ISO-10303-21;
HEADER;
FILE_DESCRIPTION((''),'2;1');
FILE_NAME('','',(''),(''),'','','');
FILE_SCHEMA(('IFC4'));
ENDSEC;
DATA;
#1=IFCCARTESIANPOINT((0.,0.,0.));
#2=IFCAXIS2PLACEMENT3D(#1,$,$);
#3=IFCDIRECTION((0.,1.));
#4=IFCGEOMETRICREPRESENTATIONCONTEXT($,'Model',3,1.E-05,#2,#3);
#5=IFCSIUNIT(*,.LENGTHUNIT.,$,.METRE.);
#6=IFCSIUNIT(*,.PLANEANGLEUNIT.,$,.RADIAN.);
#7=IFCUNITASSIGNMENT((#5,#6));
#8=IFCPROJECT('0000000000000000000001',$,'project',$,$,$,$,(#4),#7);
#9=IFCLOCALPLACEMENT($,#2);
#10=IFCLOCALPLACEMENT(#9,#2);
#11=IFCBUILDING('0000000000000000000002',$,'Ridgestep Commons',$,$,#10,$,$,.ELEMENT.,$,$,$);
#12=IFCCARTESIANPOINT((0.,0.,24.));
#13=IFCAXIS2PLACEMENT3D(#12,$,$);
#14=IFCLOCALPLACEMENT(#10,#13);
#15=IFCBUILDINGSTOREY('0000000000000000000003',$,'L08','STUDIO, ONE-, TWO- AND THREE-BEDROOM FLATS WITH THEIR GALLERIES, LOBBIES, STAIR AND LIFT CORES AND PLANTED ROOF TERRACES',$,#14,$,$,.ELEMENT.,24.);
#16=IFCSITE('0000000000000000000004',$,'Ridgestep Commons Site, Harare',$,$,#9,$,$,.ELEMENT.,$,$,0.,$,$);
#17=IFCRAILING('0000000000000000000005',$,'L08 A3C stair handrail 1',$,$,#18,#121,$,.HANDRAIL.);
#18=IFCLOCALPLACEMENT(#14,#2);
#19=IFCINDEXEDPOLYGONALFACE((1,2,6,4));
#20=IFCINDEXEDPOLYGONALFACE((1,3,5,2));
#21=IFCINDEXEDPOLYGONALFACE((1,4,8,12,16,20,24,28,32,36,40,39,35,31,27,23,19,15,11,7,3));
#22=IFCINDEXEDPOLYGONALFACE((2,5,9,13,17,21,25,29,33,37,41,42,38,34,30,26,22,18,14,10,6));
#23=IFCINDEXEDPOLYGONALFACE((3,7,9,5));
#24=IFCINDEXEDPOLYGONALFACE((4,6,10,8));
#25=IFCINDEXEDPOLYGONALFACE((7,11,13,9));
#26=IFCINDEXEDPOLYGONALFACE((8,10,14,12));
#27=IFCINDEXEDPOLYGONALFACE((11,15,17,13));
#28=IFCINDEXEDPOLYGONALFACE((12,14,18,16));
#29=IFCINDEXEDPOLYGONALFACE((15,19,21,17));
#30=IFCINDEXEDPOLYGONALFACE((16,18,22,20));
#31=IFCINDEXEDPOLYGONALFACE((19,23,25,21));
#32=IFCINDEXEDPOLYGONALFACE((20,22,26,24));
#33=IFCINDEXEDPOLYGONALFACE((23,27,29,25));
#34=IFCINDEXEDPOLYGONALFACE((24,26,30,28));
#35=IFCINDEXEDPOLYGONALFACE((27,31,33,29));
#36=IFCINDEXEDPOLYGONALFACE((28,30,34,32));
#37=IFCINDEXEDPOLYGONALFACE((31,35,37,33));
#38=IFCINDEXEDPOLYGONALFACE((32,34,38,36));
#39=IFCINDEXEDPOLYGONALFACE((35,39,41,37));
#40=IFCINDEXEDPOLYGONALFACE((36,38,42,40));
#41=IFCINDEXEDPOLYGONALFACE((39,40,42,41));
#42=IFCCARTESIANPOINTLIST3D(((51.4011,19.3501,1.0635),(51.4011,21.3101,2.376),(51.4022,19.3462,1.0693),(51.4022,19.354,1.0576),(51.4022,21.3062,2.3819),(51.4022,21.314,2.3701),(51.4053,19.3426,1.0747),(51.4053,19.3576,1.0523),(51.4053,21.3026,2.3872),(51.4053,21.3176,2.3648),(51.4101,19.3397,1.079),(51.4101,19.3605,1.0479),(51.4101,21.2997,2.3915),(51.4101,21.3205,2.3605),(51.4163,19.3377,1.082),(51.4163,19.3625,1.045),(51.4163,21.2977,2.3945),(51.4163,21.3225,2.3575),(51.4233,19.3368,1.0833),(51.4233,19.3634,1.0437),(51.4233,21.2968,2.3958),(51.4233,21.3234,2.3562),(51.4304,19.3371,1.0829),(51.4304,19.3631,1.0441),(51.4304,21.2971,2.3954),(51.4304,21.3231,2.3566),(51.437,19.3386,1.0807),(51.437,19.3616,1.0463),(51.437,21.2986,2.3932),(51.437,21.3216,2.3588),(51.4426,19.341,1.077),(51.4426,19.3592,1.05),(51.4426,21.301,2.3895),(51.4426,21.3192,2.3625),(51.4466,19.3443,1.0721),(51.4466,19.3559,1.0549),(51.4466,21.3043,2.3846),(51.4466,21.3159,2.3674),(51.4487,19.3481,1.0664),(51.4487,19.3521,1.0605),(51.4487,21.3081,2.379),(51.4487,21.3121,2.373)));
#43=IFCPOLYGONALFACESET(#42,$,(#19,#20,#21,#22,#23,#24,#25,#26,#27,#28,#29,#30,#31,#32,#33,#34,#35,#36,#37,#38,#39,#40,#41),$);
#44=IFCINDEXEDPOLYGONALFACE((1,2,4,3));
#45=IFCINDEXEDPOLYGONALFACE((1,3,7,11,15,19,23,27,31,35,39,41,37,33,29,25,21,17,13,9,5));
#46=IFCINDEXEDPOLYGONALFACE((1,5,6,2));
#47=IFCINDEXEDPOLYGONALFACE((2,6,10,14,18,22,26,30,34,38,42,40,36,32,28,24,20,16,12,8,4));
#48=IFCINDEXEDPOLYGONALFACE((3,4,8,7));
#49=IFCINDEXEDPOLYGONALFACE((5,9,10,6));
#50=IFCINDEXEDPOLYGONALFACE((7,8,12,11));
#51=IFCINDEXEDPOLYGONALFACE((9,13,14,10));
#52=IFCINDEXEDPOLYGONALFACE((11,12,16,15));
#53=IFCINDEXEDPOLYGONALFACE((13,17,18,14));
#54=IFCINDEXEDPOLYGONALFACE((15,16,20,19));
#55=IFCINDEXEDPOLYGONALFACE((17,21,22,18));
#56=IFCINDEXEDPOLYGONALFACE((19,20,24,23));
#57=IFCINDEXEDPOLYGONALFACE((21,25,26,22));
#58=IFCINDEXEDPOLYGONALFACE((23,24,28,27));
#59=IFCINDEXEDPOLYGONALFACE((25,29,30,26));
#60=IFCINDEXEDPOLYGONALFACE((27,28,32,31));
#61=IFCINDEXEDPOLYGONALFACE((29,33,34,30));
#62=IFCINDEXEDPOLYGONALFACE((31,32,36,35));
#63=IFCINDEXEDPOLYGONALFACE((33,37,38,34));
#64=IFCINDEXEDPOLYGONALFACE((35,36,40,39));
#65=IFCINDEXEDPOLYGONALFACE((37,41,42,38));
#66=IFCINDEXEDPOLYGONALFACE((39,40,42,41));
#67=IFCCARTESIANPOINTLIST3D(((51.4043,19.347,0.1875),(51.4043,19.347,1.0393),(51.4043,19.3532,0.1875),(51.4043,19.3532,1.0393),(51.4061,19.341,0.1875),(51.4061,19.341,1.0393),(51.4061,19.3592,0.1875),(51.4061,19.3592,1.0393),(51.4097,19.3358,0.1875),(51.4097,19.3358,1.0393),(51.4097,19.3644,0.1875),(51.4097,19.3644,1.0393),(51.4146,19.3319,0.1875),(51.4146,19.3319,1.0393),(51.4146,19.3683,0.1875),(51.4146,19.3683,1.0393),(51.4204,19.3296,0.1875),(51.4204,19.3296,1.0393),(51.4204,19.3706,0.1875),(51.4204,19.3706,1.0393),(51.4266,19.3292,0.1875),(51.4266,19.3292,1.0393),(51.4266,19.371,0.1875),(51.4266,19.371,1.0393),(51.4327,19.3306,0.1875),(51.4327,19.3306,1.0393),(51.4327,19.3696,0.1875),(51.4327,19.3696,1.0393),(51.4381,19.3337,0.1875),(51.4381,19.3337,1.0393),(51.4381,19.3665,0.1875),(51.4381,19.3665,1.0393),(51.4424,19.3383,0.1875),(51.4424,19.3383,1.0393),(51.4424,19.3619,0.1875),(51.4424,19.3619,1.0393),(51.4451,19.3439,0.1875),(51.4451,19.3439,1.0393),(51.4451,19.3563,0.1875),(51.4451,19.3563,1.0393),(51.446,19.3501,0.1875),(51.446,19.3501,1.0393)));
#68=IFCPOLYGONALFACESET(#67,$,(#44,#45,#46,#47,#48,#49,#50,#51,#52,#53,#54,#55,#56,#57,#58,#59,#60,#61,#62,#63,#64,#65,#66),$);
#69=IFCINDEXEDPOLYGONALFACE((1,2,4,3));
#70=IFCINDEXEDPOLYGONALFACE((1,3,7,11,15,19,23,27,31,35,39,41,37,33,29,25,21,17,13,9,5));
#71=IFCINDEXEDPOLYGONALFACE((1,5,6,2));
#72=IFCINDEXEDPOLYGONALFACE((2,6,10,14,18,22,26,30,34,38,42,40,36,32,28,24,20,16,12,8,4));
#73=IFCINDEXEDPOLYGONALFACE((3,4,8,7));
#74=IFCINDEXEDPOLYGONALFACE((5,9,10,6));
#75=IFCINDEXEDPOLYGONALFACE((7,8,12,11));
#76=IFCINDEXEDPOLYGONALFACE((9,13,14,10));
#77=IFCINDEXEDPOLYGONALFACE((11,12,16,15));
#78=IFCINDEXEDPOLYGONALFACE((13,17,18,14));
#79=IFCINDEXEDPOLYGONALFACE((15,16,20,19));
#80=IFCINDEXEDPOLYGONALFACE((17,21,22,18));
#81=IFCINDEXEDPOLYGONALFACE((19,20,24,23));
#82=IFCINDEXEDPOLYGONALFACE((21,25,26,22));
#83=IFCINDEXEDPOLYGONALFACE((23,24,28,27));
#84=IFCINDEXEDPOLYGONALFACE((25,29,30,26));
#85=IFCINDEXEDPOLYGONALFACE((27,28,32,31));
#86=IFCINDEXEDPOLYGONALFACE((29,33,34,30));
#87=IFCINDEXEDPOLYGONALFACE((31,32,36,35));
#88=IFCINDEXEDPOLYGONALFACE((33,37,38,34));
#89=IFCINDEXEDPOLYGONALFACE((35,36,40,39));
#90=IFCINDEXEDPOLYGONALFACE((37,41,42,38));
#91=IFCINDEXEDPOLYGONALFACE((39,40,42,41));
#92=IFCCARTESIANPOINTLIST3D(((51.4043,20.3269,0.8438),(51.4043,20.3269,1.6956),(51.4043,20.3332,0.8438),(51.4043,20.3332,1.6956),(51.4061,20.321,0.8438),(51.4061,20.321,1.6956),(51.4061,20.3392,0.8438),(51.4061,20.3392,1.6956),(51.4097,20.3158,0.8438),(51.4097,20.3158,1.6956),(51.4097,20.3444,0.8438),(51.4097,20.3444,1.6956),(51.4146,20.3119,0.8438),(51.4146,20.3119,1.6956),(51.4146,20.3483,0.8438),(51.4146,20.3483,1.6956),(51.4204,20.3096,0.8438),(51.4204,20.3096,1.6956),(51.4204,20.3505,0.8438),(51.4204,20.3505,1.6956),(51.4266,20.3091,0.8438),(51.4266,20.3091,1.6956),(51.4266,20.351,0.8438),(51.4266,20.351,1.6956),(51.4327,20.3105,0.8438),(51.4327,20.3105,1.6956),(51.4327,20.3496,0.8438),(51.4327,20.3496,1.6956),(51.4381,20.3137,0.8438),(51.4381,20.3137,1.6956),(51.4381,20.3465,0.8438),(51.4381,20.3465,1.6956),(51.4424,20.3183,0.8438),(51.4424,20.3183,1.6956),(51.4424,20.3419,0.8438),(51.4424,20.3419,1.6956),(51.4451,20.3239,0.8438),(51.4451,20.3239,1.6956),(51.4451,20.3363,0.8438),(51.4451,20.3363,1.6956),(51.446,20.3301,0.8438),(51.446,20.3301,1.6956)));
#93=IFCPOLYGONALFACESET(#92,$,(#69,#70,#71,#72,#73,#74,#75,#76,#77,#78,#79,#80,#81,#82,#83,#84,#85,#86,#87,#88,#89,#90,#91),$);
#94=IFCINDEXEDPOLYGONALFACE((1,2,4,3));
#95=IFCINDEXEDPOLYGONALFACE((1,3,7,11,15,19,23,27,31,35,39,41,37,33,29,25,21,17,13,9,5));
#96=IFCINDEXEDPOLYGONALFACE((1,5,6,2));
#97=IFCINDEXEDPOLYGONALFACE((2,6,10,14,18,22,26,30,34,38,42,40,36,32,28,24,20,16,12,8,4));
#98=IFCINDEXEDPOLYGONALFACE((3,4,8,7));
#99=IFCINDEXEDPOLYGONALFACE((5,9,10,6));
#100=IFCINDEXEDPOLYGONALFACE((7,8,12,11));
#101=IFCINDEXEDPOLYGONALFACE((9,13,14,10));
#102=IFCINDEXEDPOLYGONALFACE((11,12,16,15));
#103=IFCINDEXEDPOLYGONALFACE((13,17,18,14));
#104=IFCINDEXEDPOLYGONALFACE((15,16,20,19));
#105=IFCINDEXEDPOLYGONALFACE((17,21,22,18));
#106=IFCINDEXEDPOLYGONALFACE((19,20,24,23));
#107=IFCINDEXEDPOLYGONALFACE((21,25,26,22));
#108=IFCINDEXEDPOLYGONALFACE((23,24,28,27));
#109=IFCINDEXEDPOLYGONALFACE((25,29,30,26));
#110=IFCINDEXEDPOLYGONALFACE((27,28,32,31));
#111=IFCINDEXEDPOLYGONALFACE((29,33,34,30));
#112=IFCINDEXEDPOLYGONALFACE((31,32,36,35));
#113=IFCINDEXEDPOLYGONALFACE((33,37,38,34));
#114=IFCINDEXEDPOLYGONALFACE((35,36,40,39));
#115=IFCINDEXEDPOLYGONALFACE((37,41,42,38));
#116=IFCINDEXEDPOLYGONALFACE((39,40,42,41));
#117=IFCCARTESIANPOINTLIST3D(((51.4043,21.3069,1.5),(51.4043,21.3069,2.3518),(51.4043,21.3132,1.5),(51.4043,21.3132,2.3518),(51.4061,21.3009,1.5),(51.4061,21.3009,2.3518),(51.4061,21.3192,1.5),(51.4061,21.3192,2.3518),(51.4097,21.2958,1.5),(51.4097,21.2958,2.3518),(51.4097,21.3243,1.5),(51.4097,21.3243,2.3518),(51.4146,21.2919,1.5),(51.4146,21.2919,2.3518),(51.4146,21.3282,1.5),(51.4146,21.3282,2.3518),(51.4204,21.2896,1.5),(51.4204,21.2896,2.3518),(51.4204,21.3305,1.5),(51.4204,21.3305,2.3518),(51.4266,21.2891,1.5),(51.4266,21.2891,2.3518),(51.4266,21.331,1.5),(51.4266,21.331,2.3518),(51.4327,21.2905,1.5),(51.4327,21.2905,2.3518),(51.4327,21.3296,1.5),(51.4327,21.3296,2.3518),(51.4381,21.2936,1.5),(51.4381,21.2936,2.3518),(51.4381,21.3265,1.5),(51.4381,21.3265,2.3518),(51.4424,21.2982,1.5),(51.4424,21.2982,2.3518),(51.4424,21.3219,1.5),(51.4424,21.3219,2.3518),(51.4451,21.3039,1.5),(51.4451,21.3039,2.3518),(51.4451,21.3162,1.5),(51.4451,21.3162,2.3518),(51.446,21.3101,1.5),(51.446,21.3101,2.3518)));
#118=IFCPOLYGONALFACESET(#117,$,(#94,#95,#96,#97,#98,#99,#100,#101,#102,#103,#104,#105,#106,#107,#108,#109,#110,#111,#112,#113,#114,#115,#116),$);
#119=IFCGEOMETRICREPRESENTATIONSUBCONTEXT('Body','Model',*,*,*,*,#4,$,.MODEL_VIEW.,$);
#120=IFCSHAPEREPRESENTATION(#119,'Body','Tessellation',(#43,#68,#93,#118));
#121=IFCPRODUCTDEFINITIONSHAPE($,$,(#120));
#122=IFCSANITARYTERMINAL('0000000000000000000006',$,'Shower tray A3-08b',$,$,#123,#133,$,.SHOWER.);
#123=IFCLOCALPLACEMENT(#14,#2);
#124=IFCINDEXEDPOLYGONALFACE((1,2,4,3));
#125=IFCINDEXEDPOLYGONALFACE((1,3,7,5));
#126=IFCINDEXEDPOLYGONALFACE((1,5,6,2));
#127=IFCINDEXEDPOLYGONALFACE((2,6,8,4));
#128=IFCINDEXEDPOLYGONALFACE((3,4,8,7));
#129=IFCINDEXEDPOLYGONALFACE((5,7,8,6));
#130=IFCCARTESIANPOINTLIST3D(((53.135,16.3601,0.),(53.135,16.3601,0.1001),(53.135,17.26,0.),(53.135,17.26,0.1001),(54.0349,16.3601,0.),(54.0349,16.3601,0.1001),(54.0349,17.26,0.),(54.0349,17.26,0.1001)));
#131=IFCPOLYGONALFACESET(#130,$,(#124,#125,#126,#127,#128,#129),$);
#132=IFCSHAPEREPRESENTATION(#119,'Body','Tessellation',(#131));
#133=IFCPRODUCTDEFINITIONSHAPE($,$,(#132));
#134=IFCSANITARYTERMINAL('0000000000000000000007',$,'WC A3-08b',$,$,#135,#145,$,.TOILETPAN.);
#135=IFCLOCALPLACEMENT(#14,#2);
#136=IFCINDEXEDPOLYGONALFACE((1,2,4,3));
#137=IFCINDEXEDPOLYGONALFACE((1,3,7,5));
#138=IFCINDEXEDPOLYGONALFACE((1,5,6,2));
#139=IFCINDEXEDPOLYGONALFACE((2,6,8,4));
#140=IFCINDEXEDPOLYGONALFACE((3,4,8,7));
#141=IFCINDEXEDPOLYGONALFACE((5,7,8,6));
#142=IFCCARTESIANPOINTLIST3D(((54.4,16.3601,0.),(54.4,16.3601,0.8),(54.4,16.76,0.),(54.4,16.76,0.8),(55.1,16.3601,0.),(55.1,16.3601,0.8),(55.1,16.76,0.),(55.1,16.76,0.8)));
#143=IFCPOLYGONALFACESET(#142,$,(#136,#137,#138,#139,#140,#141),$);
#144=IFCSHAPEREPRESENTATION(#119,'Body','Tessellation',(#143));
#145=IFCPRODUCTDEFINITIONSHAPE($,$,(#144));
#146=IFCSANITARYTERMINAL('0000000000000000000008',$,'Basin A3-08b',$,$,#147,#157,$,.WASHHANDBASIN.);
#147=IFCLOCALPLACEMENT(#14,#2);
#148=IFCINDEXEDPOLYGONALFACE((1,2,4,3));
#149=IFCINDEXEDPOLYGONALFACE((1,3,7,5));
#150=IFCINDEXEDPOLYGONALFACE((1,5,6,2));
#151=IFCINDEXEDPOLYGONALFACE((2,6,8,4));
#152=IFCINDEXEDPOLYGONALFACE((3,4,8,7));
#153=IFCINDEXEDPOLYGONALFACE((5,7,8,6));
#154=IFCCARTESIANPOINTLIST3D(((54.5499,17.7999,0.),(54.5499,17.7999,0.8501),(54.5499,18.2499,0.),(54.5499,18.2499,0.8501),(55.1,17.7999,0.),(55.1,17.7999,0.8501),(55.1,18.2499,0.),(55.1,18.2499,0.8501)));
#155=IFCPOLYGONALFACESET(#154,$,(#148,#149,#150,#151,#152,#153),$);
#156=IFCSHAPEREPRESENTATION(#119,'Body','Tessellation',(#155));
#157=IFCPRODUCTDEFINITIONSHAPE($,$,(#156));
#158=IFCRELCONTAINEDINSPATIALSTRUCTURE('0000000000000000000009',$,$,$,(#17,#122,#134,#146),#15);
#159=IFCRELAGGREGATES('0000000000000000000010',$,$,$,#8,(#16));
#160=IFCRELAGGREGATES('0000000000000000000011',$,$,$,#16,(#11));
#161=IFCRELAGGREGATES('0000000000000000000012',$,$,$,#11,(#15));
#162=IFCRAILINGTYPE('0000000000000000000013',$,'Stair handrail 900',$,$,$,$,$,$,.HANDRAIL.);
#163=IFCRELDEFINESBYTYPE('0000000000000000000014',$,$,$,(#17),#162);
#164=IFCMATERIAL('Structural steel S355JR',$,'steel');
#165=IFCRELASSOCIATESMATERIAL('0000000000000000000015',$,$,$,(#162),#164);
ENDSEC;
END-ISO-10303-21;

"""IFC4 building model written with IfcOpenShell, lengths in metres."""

from ifc_helpers import new_model, si_unit, direction, frame, origin, origin_2d, place, context, subcontext, project, spatial, rectangle, circle, extrude, material, type_object, element, save


model = new_model("IFC4")

# Units and contexts
model_context = context("Model", 3, precision=1e-05, world=origin(), true_north=direction((0.0, 1.0)))
body_context = subcontext(model_context, "Body", "Model", "MODEL_VIEW")
ifc_project = project(units=[si_unit("LENGTHUNIT", "METRE"), si_unit("PLANEANGLEUNIT", "RADIAN")], contexts=[model_context])

# Site, building, storey
site_placement = place(None, origin())
site = spatial("IfcSite", under=ifc_project, at=site_placement, Name="Ridgestep Commons Site, Harare", CompositionType="ELEMENT", RefElevation=0.0)
building_placement = place(site_placement, origin())
building = spatial("IfcBuilding", under=site, at=building_placement, Name="Ridgestep Commons", CompositionType="ELEMENT")
storey_placement = place(building_placement, frame((0.0, 0.0, 24.0)))
storey = spatial("IfcBuildingStorey", under=building, at=storey_placement, Name="L08", Description="STUDIO, ONE-, TWO- AND THREE-BEDROOM FLATS WITH THEIR GALLERIES, LOBBIES, STAIR AND LIFT CORES AND PLANTED ROOF TERRACES", CompositionType="ELEMENT", Elevation=24.0)

# Railing
ifc_material_1 = material(Name="Structural steel S355JR", Category="steel")
railing_type_1 = type_object("IfcRailingType", Name="Stair handrail 900", PredefinedType="HANDRAIL", material=ifc_material_1)
railing_1_placement = place(storey_placement, frame((51.425, 19.3501, 0.1875)))
element("IfcRailing", 1, at=railing_1_placement, inside=storey, type_object=railing_type_1, Name="L08 A3C stair handrail 1", PredefinedType="HANDRAIL", context=body_context, shape_type="SweptSolid", body=[
    extrude(circle(Radius=0.0239, at=origin_2d()), frame((0.0, 0.0, 0.876), z_axis=(0.0, 0.830902, 0.556419), x_axis=(-1.0, 0.0, 0.0)), (0.0, 0.0, 1.0), 2.3589),
    extrude(circle(Radius=0.021, at=origin_2d()), origin(), (0.0, 0.0, 1.0), 0.8518),
    extrude(circle(Radius=0.021, at=origin_2d()), frame((0.0, 0.98, 0.6562)), (0.0, 0.0, 1.0), 0.8518),
    extrude(circle(Radius=0.021, at=origin_2d()), frame((0.0, 1.96, 1.3125)), (0.0, 0.0, 1.0), 0.8518),
])

# Sanitary terminals
sanitary_terminal_1_placement = place(storey_placement, frame((53.585, 16.8101, 0.0), z_axis=(0.0, 0.0, 1.0), x_axis=(1.0, 0.0, 0.0)))
element("IfcSanitaryTerminal", 2, at=sanitary_terminal_1_placement, inside=storey, Name="Shower tray A3-08b", PredefinedType="SHOWER", context=body_context, shape_type="SweptSolid", body=[
    extrude(rectangle(XDim=0.8999, YDim=0.8999, at=origin_2d()), origin(), (0.0, 0.0, 1.0), 0.1001),
])
sanitary_terminal_2_placement = place(storey_placement, frame((54.75, 16.5601, 0.0), z_axis=(0.0, 0.0, 1.0), x_axis=(1.0, 0.0, 0.0)))
element("IfcSanitaryTerminal", 3, at=sanitary_terminal_2_placement, inside=storey, Name="WC A3-08b", PredefinedType="TOILETPAN", context=body_context, shape_type="SweptSolid", body=[
    extrude(rectangle(XDim=0.7, YDim=0.3999, at=origin_2d()), origin(), (0.0, 0.0, 1.0), 0.8),
])
sanitary_terminal_3_placement = place(storey_placement, frame((54.825, 18.0249, 0.0), z_axis=(0.0, 0.0, 1.0), x_axis=(1.0, 0.0, 0.0)))
element("IfcSanitaryTerminal", 4, at=sanitary_terminal_3_placement, inside=storey, Name="Basin A3-08b", PredefinedType="WASHHANDBASIN", context=body_context, shape_type="SweptSolid", body=[
    extrude(rectangle(XDim=0.55, YDim=0.45, at=origin_2d()), origin(), (0.0, 0.0, 1.0), 0.8501),
])

save(model, "model.ifc")
